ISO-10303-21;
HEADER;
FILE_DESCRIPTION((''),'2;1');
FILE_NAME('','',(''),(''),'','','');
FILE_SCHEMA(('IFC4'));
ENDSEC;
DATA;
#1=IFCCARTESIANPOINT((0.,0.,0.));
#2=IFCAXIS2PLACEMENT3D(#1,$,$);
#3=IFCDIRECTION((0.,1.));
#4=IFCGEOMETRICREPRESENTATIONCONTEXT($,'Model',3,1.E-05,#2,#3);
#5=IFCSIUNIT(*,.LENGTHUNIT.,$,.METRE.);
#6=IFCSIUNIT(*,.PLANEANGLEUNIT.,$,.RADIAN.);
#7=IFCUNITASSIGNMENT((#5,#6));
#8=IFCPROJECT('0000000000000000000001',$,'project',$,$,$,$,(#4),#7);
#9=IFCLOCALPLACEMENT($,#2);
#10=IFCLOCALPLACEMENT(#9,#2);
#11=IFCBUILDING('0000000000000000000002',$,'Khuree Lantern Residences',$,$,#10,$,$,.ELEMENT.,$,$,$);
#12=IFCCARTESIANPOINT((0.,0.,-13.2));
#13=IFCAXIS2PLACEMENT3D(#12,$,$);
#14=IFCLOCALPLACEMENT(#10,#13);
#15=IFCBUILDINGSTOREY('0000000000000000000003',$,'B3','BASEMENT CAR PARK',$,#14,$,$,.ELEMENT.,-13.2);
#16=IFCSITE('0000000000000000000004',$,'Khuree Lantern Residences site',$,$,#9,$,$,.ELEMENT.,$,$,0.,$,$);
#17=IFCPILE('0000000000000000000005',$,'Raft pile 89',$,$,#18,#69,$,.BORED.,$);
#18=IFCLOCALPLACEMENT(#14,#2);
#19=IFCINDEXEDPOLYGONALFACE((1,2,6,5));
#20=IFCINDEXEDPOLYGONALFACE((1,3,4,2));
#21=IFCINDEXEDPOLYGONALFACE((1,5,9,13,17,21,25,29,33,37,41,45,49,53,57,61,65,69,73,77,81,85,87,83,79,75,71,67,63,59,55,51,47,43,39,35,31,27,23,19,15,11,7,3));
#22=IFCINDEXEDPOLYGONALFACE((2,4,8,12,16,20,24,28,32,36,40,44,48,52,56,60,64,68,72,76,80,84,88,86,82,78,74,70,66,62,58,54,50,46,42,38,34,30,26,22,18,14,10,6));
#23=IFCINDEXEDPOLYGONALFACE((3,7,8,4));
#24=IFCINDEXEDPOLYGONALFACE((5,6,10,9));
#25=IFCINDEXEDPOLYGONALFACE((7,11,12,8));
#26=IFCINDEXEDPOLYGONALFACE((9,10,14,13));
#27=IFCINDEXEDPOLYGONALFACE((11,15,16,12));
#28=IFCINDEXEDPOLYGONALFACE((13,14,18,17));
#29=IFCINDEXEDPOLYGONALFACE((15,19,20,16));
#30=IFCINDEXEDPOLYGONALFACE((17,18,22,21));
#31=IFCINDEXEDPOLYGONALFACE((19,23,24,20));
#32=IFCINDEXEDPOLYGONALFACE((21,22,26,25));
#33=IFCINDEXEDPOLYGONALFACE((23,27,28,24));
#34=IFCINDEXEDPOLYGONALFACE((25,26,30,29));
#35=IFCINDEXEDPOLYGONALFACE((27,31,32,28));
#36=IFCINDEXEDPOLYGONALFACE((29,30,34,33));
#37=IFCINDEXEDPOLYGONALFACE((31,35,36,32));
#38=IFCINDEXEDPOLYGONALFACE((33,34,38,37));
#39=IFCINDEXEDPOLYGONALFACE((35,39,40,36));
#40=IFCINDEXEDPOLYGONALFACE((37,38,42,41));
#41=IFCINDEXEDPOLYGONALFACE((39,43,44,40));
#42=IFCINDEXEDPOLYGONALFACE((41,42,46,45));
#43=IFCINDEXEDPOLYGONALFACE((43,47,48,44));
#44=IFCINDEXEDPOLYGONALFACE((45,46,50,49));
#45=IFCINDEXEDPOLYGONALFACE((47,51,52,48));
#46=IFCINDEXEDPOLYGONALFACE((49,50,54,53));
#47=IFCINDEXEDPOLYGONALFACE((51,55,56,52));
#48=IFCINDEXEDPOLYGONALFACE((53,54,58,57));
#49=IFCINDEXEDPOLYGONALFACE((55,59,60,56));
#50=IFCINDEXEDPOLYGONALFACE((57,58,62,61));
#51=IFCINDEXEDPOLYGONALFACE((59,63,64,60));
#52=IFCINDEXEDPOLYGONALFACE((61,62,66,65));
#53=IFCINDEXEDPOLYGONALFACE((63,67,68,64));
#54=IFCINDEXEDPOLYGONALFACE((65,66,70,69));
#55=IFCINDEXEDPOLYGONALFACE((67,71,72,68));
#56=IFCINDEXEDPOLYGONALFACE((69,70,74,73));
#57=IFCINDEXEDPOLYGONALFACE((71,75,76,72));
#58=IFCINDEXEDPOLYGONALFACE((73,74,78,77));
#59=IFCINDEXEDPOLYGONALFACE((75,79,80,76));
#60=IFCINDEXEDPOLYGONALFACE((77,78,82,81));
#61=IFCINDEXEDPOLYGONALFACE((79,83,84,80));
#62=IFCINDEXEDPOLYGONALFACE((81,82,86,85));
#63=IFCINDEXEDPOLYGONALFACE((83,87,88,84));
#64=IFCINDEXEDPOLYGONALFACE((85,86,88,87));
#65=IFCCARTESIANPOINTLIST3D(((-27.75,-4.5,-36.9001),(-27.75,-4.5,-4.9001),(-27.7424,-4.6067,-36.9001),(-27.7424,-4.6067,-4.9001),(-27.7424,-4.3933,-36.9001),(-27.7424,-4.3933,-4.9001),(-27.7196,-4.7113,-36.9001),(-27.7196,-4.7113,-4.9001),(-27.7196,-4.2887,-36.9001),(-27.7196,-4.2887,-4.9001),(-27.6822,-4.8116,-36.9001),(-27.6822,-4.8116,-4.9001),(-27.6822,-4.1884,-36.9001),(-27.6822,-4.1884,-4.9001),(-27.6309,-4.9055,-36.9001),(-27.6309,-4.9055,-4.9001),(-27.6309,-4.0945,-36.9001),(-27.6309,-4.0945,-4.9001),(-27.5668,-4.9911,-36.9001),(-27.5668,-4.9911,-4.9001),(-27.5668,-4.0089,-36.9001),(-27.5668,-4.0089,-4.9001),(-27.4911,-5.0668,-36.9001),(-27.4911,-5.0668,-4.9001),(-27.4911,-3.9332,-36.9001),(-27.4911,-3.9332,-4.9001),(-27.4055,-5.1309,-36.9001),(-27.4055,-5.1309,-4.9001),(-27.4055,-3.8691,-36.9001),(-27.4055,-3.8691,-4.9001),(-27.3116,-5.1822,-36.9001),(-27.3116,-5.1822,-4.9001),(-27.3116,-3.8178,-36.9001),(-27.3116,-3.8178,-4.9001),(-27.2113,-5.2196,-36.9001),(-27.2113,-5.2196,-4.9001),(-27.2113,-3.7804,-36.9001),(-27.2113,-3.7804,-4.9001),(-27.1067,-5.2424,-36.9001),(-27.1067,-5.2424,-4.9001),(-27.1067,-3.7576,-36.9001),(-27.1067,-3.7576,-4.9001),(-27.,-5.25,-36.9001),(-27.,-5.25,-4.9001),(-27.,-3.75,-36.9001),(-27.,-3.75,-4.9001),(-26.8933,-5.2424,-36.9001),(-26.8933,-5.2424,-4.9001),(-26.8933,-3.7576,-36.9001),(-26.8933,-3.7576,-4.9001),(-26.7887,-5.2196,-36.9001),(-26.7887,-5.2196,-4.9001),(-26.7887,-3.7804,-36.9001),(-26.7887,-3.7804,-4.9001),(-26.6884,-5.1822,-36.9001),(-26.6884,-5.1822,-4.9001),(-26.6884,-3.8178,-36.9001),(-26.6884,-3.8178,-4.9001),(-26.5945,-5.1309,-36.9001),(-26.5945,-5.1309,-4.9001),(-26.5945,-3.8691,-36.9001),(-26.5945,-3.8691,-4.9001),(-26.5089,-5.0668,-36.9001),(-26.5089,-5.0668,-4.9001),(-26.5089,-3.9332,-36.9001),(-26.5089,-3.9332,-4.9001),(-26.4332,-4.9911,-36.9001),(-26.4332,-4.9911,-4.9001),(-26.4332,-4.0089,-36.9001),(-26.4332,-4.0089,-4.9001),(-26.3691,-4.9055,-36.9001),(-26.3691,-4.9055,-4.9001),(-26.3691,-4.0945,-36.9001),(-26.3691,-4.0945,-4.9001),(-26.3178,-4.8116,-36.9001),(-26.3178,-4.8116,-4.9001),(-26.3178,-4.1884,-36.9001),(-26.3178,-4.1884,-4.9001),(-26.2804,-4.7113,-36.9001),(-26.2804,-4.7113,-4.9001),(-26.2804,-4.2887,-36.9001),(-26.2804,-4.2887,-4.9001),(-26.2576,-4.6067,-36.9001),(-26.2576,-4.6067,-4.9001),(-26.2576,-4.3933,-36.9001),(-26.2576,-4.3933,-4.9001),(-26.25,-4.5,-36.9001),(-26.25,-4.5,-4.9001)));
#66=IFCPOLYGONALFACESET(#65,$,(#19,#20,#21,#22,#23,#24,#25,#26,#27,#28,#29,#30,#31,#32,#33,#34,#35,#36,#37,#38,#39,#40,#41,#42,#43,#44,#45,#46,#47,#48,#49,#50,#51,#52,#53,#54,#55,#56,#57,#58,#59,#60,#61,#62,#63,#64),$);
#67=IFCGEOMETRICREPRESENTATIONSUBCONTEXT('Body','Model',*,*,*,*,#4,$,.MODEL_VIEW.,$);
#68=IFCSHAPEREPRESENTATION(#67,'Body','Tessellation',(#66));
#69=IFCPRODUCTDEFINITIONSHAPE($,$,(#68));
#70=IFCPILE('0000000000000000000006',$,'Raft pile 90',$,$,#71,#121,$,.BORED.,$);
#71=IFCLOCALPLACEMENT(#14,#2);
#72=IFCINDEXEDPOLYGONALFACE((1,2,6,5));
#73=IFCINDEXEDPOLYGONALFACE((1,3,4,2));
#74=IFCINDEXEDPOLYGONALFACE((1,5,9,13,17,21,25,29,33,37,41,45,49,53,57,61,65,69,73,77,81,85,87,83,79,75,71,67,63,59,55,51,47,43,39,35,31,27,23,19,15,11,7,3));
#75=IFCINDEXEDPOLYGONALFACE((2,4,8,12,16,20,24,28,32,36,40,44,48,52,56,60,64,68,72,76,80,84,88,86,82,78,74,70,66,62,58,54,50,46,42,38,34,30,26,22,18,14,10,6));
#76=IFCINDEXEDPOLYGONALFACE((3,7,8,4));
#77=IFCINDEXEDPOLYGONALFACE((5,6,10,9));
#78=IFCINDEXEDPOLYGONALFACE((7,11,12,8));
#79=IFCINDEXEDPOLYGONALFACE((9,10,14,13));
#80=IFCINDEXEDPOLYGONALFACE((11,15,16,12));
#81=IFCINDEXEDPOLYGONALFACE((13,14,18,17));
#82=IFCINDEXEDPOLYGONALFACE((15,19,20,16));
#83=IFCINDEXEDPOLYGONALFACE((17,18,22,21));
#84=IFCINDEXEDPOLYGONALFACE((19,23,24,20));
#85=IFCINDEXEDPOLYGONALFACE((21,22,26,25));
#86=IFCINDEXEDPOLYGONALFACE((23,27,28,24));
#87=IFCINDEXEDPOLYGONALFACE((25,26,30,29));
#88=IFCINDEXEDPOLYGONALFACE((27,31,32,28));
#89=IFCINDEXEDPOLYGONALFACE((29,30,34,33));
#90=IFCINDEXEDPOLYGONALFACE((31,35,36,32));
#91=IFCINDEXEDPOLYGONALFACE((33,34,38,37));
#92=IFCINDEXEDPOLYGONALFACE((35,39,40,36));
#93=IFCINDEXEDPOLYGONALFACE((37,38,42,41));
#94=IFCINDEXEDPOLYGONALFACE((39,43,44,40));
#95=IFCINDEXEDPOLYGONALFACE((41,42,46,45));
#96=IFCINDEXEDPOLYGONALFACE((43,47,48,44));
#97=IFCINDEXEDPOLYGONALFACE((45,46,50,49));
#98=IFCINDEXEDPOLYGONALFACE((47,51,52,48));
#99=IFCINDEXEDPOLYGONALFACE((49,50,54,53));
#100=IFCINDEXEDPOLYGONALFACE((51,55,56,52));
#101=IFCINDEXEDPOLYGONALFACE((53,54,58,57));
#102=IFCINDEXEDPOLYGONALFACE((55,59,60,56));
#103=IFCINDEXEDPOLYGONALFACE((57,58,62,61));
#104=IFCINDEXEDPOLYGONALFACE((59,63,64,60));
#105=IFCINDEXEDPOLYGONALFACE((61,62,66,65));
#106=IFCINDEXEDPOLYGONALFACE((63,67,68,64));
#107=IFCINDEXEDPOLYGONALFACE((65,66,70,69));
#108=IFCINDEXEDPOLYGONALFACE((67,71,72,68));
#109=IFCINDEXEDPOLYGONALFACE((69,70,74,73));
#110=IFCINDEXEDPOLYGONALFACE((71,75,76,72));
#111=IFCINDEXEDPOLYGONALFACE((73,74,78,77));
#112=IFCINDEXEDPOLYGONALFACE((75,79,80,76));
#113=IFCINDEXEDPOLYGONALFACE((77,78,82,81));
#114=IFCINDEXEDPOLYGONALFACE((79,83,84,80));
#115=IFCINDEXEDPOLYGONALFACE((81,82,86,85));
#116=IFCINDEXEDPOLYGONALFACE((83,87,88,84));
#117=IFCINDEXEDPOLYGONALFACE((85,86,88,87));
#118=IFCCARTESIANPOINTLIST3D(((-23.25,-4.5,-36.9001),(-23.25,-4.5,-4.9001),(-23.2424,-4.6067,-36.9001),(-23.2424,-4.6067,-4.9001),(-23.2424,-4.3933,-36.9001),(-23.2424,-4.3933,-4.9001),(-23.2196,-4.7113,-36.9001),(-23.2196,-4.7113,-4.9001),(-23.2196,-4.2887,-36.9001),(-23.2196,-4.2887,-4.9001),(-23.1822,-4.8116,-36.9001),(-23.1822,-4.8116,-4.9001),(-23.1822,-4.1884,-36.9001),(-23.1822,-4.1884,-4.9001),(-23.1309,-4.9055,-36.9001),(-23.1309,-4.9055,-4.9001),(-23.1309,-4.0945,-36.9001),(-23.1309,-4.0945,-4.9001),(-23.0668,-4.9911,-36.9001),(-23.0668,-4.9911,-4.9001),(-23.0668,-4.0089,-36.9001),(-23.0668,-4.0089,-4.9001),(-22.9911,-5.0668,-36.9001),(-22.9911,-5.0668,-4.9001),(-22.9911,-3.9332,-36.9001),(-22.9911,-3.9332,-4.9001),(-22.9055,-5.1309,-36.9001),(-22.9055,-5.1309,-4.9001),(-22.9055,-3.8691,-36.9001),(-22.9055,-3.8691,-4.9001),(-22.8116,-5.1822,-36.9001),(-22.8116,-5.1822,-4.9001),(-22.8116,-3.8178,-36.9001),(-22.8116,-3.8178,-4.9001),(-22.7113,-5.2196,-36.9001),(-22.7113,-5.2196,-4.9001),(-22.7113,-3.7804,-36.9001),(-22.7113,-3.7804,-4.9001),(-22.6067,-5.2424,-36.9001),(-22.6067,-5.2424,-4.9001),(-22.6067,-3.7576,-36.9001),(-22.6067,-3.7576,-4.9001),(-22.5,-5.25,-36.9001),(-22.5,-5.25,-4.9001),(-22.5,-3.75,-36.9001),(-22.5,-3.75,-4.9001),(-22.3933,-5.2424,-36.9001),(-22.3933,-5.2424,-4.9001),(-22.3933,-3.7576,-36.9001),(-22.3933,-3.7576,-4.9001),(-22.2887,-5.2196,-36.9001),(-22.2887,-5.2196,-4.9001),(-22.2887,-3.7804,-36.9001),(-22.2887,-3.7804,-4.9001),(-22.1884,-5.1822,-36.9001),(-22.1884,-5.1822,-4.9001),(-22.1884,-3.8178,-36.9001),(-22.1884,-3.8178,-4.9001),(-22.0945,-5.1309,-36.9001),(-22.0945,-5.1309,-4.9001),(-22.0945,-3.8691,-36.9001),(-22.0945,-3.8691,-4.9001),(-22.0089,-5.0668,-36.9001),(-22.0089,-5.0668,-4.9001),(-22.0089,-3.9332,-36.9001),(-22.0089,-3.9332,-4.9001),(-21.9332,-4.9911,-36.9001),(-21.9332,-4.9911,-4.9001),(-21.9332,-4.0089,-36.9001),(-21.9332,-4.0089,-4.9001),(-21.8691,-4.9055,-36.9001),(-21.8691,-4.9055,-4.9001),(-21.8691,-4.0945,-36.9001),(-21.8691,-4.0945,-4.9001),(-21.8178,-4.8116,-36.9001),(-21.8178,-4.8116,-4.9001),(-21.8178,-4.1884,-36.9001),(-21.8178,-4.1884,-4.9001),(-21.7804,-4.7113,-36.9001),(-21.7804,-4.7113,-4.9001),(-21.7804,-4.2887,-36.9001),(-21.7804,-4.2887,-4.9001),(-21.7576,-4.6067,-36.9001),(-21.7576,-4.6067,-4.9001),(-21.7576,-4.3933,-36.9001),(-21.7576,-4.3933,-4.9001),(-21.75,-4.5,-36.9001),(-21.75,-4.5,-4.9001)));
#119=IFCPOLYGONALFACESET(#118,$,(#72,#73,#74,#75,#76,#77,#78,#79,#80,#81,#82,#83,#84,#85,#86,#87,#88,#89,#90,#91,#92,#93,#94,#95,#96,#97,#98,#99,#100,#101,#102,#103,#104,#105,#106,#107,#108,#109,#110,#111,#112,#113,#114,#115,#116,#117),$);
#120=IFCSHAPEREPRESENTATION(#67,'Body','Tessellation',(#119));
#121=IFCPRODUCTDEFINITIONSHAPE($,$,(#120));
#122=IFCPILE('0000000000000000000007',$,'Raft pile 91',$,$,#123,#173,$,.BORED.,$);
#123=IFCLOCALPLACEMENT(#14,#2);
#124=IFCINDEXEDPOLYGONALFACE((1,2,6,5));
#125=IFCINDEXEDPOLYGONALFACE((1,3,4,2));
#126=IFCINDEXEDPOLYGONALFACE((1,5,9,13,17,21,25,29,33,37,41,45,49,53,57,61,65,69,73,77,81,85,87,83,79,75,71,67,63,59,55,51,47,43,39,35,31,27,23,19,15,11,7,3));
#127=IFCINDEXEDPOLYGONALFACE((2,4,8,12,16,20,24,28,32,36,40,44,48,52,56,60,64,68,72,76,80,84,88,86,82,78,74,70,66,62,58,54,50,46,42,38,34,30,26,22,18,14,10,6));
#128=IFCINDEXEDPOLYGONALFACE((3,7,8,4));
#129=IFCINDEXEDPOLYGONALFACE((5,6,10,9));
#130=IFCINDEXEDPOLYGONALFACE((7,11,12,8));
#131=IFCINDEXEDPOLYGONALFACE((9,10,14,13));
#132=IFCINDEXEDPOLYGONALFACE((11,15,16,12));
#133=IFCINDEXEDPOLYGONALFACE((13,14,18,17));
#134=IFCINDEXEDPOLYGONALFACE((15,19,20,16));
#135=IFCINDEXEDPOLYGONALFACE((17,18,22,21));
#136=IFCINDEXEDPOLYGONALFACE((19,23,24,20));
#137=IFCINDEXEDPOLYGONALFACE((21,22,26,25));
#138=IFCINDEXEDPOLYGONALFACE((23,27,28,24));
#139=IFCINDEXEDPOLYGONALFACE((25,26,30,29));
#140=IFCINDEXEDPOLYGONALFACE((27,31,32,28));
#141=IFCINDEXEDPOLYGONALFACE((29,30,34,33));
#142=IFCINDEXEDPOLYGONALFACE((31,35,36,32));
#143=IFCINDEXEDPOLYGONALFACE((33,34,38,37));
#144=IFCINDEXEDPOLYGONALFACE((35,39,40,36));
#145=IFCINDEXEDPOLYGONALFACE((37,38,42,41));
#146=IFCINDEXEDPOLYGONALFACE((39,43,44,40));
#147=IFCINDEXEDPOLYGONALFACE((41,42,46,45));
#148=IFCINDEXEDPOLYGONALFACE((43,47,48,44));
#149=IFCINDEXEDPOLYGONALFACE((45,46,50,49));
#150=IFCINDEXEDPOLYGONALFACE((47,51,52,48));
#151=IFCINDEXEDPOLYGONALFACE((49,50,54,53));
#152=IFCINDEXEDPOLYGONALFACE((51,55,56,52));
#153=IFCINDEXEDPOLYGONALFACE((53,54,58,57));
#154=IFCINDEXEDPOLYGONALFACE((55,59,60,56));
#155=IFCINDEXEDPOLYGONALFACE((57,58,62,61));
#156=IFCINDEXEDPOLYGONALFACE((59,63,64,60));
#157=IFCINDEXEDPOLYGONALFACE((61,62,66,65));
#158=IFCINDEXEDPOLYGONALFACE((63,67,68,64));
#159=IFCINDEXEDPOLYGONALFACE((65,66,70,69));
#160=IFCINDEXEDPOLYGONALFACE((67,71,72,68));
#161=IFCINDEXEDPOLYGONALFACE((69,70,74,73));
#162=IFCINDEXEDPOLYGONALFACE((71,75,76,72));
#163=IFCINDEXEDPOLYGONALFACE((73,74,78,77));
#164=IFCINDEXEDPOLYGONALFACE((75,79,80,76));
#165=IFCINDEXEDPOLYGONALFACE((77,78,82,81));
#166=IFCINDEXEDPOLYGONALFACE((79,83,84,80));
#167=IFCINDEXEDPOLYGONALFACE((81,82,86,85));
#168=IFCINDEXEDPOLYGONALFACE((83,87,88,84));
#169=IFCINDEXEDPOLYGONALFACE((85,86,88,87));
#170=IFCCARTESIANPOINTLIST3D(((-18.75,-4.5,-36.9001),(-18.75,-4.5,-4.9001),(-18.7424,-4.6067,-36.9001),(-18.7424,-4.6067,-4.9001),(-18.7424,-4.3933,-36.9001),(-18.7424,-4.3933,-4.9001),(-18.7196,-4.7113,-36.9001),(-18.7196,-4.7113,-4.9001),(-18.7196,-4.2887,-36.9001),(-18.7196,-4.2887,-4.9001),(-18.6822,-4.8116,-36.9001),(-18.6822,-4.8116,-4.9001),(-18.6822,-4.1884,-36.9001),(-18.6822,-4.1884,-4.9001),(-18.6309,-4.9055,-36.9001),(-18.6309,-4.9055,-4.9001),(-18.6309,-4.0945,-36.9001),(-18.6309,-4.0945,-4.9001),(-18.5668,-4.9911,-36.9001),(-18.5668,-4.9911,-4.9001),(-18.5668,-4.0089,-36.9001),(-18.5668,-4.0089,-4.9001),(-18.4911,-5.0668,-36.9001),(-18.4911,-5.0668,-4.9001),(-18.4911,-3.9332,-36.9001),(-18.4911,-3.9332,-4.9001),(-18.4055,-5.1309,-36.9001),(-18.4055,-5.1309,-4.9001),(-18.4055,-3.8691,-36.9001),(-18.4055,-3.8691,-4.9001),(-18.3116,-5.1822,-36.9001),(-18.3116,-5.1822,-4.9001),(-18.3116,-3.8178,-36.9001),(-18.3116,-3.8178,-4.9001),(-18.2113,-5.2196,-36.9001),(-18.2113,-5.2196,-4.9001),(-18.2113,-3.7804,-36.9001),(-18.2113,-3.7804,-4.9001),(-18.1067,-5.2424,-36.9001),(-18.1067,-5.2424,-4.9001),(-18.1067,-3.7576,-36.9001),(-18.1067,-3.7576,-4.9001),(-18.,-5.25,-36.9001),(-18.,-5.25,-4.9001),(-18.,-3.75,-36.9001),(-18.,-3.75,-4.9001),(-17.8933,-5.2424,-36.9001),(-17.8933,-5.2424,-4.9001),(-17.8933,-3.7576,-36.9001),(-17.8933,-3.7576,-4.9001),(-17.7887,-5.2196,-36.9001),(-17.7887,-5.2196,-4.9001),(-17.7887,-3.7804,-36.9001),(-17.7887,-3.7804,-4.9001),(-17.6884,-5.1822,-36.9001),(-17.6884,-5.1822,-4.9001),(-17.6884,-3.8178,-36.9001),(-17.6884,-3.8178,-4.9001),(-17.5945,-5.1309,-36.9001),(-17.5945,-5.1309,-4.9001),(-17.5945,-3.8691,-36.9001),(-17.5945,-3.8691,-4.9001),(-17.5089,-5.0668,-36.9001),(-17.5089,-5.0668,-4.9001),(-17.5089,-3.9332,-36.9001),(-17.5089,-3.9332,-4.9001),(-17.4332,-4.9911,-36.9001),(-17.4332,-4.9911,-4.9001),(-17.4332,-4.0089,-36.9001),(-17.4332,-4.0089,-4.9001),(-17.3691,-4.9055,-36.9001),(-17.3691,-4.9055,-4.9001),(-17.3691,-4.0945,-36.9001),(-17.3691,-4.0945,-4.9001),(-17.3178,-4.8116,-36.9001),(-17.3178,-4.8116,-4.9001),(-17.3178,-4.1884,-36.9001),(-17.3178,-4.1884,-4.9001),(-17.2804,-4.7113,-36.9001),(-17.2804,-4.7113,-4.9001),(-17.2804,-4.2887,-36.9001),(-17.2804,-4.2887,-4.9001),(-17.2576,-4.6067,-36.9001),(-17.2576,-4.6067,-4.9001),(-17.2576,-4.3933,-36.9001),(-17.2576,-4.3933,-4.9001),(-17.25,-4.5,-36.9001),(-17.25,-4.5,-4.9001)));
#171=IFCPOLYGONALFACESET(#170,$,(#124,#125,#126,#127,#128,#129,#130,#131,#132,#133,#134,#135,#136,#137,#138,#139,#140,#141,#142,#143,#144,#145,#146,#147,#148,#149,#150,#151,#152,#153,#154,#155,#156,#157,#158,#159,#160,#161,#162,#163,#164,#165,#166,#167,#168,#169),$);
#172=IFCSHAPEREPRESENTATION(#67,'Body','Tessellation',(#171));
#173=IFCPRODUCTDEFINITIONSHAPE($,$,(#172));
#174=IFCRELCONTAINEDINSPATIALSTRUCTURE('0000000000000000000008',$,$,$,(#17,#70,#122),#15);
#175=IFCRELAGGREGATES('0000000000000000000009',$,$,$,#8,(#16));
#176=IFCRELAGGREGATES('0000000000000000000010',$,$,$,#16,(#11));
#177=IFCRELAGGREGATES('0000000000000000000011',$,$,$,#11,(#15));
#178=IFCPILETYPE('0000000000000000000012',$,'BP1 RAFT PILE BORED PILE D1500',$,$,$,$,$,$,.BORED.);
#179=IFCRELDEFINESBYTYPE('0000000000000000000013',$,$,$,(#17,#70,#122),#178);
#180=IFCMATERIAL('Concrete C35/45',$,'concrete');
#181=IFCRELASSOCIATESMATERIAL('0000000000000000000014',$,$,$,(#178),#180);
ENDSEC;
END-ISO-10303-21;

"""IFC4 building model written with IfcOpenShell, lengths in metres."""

from ifc_helpers import new_model, si_unit, direction, frame, origin, origin_2d, place, context, subcontext, project, spatial, circle, extrude, material, material_profile, profile_set, type_object, element, save


model = new_model("IFC4")

# Units and contexts
model_context = context("Model", 3, precision=1e-05, world=origin(), true_north=direction((0.0, 1.0)))
body_context = subcontext(model_context, "Body", "Model", "MODEL_VIEW")
ifc_project = project(units=[si_unit("LENGTHUNIT", "METRE"), si_unit("PLANEANGLEUNIT", "RADIAN")], contexts=[model_context])

# Site, building, storey
site_placement = place(None, origin())
site = spatial("IfcSite", under=ifc_project, at=site_placement, Name="Khuree Lantern Residences site", CompositionType="ELEMENT", RefElevation=0.0)
building_placement = place(site_placement, origin())
building = spatial("IfcBuilding", under=site, at=building_placement, Name="Khuree Lantern Residences", CompositionType="ELEMENT")
storey_placement = place(building_placement, frame((0.0, 0.0, -13.2)))
storey = spatial("IfcBuildingStorey", under=building, at=storey_placement, Name="B3", Description="BASEMENT CAR PARK", CompositionType="ELEMENT", Elevation=-13.2)

# Piles
ifc_material_1 = material(Name="Concrete C35/45", Category="concrete")
ifc_material_profile_1 = material_profile(ifc_material_1, circle(Radius=0.75, at=origin_2d()), Name="BORED PILE D1500")
ifc_profile_set_1 = profile_set([ifc_material_profile_1], Name="Concrete C35/45")
pile_type = type_object("IfcPileType", Name="BP1 RAFT PILE BORED PILE D1500", PredefinedType="BORED", material=ifc_profile_set_1)
for number, where, z_axis, x_axis, name in (
    (1, (-27.0, -4.5, -4.9001), (0.0, 0.0, -1.0), (1.0, 0.0, 0.0), "Raft pile 89"),
    (2, (-22.5, -4.5, -4.9001), (0.0, 0.0, -1.0), (1.0, 0.0, 0.0), "Raft pile 90"),
    (3, (-18.0, -4.5, -4.9001), (0.0, 0.0, -1.0), (1.0, 0.0, 0.0), "Raft pile 91"),
):
    element("IfcPile", number, at=place(storey_placement, frame(where, z_axis=z_axis, x_axis=x_axis)), inside=storey, type_object=pile_type, Name=name, PredefinedType="BORED", context=body_context, shape_type="SweptSolid", body=[
        extrude(circle(Radius=0.75, at=origin_2d()), origin(), (0.0, 0.0, 1.0), 32.0),
    ])

save(model, "model.ifc")
